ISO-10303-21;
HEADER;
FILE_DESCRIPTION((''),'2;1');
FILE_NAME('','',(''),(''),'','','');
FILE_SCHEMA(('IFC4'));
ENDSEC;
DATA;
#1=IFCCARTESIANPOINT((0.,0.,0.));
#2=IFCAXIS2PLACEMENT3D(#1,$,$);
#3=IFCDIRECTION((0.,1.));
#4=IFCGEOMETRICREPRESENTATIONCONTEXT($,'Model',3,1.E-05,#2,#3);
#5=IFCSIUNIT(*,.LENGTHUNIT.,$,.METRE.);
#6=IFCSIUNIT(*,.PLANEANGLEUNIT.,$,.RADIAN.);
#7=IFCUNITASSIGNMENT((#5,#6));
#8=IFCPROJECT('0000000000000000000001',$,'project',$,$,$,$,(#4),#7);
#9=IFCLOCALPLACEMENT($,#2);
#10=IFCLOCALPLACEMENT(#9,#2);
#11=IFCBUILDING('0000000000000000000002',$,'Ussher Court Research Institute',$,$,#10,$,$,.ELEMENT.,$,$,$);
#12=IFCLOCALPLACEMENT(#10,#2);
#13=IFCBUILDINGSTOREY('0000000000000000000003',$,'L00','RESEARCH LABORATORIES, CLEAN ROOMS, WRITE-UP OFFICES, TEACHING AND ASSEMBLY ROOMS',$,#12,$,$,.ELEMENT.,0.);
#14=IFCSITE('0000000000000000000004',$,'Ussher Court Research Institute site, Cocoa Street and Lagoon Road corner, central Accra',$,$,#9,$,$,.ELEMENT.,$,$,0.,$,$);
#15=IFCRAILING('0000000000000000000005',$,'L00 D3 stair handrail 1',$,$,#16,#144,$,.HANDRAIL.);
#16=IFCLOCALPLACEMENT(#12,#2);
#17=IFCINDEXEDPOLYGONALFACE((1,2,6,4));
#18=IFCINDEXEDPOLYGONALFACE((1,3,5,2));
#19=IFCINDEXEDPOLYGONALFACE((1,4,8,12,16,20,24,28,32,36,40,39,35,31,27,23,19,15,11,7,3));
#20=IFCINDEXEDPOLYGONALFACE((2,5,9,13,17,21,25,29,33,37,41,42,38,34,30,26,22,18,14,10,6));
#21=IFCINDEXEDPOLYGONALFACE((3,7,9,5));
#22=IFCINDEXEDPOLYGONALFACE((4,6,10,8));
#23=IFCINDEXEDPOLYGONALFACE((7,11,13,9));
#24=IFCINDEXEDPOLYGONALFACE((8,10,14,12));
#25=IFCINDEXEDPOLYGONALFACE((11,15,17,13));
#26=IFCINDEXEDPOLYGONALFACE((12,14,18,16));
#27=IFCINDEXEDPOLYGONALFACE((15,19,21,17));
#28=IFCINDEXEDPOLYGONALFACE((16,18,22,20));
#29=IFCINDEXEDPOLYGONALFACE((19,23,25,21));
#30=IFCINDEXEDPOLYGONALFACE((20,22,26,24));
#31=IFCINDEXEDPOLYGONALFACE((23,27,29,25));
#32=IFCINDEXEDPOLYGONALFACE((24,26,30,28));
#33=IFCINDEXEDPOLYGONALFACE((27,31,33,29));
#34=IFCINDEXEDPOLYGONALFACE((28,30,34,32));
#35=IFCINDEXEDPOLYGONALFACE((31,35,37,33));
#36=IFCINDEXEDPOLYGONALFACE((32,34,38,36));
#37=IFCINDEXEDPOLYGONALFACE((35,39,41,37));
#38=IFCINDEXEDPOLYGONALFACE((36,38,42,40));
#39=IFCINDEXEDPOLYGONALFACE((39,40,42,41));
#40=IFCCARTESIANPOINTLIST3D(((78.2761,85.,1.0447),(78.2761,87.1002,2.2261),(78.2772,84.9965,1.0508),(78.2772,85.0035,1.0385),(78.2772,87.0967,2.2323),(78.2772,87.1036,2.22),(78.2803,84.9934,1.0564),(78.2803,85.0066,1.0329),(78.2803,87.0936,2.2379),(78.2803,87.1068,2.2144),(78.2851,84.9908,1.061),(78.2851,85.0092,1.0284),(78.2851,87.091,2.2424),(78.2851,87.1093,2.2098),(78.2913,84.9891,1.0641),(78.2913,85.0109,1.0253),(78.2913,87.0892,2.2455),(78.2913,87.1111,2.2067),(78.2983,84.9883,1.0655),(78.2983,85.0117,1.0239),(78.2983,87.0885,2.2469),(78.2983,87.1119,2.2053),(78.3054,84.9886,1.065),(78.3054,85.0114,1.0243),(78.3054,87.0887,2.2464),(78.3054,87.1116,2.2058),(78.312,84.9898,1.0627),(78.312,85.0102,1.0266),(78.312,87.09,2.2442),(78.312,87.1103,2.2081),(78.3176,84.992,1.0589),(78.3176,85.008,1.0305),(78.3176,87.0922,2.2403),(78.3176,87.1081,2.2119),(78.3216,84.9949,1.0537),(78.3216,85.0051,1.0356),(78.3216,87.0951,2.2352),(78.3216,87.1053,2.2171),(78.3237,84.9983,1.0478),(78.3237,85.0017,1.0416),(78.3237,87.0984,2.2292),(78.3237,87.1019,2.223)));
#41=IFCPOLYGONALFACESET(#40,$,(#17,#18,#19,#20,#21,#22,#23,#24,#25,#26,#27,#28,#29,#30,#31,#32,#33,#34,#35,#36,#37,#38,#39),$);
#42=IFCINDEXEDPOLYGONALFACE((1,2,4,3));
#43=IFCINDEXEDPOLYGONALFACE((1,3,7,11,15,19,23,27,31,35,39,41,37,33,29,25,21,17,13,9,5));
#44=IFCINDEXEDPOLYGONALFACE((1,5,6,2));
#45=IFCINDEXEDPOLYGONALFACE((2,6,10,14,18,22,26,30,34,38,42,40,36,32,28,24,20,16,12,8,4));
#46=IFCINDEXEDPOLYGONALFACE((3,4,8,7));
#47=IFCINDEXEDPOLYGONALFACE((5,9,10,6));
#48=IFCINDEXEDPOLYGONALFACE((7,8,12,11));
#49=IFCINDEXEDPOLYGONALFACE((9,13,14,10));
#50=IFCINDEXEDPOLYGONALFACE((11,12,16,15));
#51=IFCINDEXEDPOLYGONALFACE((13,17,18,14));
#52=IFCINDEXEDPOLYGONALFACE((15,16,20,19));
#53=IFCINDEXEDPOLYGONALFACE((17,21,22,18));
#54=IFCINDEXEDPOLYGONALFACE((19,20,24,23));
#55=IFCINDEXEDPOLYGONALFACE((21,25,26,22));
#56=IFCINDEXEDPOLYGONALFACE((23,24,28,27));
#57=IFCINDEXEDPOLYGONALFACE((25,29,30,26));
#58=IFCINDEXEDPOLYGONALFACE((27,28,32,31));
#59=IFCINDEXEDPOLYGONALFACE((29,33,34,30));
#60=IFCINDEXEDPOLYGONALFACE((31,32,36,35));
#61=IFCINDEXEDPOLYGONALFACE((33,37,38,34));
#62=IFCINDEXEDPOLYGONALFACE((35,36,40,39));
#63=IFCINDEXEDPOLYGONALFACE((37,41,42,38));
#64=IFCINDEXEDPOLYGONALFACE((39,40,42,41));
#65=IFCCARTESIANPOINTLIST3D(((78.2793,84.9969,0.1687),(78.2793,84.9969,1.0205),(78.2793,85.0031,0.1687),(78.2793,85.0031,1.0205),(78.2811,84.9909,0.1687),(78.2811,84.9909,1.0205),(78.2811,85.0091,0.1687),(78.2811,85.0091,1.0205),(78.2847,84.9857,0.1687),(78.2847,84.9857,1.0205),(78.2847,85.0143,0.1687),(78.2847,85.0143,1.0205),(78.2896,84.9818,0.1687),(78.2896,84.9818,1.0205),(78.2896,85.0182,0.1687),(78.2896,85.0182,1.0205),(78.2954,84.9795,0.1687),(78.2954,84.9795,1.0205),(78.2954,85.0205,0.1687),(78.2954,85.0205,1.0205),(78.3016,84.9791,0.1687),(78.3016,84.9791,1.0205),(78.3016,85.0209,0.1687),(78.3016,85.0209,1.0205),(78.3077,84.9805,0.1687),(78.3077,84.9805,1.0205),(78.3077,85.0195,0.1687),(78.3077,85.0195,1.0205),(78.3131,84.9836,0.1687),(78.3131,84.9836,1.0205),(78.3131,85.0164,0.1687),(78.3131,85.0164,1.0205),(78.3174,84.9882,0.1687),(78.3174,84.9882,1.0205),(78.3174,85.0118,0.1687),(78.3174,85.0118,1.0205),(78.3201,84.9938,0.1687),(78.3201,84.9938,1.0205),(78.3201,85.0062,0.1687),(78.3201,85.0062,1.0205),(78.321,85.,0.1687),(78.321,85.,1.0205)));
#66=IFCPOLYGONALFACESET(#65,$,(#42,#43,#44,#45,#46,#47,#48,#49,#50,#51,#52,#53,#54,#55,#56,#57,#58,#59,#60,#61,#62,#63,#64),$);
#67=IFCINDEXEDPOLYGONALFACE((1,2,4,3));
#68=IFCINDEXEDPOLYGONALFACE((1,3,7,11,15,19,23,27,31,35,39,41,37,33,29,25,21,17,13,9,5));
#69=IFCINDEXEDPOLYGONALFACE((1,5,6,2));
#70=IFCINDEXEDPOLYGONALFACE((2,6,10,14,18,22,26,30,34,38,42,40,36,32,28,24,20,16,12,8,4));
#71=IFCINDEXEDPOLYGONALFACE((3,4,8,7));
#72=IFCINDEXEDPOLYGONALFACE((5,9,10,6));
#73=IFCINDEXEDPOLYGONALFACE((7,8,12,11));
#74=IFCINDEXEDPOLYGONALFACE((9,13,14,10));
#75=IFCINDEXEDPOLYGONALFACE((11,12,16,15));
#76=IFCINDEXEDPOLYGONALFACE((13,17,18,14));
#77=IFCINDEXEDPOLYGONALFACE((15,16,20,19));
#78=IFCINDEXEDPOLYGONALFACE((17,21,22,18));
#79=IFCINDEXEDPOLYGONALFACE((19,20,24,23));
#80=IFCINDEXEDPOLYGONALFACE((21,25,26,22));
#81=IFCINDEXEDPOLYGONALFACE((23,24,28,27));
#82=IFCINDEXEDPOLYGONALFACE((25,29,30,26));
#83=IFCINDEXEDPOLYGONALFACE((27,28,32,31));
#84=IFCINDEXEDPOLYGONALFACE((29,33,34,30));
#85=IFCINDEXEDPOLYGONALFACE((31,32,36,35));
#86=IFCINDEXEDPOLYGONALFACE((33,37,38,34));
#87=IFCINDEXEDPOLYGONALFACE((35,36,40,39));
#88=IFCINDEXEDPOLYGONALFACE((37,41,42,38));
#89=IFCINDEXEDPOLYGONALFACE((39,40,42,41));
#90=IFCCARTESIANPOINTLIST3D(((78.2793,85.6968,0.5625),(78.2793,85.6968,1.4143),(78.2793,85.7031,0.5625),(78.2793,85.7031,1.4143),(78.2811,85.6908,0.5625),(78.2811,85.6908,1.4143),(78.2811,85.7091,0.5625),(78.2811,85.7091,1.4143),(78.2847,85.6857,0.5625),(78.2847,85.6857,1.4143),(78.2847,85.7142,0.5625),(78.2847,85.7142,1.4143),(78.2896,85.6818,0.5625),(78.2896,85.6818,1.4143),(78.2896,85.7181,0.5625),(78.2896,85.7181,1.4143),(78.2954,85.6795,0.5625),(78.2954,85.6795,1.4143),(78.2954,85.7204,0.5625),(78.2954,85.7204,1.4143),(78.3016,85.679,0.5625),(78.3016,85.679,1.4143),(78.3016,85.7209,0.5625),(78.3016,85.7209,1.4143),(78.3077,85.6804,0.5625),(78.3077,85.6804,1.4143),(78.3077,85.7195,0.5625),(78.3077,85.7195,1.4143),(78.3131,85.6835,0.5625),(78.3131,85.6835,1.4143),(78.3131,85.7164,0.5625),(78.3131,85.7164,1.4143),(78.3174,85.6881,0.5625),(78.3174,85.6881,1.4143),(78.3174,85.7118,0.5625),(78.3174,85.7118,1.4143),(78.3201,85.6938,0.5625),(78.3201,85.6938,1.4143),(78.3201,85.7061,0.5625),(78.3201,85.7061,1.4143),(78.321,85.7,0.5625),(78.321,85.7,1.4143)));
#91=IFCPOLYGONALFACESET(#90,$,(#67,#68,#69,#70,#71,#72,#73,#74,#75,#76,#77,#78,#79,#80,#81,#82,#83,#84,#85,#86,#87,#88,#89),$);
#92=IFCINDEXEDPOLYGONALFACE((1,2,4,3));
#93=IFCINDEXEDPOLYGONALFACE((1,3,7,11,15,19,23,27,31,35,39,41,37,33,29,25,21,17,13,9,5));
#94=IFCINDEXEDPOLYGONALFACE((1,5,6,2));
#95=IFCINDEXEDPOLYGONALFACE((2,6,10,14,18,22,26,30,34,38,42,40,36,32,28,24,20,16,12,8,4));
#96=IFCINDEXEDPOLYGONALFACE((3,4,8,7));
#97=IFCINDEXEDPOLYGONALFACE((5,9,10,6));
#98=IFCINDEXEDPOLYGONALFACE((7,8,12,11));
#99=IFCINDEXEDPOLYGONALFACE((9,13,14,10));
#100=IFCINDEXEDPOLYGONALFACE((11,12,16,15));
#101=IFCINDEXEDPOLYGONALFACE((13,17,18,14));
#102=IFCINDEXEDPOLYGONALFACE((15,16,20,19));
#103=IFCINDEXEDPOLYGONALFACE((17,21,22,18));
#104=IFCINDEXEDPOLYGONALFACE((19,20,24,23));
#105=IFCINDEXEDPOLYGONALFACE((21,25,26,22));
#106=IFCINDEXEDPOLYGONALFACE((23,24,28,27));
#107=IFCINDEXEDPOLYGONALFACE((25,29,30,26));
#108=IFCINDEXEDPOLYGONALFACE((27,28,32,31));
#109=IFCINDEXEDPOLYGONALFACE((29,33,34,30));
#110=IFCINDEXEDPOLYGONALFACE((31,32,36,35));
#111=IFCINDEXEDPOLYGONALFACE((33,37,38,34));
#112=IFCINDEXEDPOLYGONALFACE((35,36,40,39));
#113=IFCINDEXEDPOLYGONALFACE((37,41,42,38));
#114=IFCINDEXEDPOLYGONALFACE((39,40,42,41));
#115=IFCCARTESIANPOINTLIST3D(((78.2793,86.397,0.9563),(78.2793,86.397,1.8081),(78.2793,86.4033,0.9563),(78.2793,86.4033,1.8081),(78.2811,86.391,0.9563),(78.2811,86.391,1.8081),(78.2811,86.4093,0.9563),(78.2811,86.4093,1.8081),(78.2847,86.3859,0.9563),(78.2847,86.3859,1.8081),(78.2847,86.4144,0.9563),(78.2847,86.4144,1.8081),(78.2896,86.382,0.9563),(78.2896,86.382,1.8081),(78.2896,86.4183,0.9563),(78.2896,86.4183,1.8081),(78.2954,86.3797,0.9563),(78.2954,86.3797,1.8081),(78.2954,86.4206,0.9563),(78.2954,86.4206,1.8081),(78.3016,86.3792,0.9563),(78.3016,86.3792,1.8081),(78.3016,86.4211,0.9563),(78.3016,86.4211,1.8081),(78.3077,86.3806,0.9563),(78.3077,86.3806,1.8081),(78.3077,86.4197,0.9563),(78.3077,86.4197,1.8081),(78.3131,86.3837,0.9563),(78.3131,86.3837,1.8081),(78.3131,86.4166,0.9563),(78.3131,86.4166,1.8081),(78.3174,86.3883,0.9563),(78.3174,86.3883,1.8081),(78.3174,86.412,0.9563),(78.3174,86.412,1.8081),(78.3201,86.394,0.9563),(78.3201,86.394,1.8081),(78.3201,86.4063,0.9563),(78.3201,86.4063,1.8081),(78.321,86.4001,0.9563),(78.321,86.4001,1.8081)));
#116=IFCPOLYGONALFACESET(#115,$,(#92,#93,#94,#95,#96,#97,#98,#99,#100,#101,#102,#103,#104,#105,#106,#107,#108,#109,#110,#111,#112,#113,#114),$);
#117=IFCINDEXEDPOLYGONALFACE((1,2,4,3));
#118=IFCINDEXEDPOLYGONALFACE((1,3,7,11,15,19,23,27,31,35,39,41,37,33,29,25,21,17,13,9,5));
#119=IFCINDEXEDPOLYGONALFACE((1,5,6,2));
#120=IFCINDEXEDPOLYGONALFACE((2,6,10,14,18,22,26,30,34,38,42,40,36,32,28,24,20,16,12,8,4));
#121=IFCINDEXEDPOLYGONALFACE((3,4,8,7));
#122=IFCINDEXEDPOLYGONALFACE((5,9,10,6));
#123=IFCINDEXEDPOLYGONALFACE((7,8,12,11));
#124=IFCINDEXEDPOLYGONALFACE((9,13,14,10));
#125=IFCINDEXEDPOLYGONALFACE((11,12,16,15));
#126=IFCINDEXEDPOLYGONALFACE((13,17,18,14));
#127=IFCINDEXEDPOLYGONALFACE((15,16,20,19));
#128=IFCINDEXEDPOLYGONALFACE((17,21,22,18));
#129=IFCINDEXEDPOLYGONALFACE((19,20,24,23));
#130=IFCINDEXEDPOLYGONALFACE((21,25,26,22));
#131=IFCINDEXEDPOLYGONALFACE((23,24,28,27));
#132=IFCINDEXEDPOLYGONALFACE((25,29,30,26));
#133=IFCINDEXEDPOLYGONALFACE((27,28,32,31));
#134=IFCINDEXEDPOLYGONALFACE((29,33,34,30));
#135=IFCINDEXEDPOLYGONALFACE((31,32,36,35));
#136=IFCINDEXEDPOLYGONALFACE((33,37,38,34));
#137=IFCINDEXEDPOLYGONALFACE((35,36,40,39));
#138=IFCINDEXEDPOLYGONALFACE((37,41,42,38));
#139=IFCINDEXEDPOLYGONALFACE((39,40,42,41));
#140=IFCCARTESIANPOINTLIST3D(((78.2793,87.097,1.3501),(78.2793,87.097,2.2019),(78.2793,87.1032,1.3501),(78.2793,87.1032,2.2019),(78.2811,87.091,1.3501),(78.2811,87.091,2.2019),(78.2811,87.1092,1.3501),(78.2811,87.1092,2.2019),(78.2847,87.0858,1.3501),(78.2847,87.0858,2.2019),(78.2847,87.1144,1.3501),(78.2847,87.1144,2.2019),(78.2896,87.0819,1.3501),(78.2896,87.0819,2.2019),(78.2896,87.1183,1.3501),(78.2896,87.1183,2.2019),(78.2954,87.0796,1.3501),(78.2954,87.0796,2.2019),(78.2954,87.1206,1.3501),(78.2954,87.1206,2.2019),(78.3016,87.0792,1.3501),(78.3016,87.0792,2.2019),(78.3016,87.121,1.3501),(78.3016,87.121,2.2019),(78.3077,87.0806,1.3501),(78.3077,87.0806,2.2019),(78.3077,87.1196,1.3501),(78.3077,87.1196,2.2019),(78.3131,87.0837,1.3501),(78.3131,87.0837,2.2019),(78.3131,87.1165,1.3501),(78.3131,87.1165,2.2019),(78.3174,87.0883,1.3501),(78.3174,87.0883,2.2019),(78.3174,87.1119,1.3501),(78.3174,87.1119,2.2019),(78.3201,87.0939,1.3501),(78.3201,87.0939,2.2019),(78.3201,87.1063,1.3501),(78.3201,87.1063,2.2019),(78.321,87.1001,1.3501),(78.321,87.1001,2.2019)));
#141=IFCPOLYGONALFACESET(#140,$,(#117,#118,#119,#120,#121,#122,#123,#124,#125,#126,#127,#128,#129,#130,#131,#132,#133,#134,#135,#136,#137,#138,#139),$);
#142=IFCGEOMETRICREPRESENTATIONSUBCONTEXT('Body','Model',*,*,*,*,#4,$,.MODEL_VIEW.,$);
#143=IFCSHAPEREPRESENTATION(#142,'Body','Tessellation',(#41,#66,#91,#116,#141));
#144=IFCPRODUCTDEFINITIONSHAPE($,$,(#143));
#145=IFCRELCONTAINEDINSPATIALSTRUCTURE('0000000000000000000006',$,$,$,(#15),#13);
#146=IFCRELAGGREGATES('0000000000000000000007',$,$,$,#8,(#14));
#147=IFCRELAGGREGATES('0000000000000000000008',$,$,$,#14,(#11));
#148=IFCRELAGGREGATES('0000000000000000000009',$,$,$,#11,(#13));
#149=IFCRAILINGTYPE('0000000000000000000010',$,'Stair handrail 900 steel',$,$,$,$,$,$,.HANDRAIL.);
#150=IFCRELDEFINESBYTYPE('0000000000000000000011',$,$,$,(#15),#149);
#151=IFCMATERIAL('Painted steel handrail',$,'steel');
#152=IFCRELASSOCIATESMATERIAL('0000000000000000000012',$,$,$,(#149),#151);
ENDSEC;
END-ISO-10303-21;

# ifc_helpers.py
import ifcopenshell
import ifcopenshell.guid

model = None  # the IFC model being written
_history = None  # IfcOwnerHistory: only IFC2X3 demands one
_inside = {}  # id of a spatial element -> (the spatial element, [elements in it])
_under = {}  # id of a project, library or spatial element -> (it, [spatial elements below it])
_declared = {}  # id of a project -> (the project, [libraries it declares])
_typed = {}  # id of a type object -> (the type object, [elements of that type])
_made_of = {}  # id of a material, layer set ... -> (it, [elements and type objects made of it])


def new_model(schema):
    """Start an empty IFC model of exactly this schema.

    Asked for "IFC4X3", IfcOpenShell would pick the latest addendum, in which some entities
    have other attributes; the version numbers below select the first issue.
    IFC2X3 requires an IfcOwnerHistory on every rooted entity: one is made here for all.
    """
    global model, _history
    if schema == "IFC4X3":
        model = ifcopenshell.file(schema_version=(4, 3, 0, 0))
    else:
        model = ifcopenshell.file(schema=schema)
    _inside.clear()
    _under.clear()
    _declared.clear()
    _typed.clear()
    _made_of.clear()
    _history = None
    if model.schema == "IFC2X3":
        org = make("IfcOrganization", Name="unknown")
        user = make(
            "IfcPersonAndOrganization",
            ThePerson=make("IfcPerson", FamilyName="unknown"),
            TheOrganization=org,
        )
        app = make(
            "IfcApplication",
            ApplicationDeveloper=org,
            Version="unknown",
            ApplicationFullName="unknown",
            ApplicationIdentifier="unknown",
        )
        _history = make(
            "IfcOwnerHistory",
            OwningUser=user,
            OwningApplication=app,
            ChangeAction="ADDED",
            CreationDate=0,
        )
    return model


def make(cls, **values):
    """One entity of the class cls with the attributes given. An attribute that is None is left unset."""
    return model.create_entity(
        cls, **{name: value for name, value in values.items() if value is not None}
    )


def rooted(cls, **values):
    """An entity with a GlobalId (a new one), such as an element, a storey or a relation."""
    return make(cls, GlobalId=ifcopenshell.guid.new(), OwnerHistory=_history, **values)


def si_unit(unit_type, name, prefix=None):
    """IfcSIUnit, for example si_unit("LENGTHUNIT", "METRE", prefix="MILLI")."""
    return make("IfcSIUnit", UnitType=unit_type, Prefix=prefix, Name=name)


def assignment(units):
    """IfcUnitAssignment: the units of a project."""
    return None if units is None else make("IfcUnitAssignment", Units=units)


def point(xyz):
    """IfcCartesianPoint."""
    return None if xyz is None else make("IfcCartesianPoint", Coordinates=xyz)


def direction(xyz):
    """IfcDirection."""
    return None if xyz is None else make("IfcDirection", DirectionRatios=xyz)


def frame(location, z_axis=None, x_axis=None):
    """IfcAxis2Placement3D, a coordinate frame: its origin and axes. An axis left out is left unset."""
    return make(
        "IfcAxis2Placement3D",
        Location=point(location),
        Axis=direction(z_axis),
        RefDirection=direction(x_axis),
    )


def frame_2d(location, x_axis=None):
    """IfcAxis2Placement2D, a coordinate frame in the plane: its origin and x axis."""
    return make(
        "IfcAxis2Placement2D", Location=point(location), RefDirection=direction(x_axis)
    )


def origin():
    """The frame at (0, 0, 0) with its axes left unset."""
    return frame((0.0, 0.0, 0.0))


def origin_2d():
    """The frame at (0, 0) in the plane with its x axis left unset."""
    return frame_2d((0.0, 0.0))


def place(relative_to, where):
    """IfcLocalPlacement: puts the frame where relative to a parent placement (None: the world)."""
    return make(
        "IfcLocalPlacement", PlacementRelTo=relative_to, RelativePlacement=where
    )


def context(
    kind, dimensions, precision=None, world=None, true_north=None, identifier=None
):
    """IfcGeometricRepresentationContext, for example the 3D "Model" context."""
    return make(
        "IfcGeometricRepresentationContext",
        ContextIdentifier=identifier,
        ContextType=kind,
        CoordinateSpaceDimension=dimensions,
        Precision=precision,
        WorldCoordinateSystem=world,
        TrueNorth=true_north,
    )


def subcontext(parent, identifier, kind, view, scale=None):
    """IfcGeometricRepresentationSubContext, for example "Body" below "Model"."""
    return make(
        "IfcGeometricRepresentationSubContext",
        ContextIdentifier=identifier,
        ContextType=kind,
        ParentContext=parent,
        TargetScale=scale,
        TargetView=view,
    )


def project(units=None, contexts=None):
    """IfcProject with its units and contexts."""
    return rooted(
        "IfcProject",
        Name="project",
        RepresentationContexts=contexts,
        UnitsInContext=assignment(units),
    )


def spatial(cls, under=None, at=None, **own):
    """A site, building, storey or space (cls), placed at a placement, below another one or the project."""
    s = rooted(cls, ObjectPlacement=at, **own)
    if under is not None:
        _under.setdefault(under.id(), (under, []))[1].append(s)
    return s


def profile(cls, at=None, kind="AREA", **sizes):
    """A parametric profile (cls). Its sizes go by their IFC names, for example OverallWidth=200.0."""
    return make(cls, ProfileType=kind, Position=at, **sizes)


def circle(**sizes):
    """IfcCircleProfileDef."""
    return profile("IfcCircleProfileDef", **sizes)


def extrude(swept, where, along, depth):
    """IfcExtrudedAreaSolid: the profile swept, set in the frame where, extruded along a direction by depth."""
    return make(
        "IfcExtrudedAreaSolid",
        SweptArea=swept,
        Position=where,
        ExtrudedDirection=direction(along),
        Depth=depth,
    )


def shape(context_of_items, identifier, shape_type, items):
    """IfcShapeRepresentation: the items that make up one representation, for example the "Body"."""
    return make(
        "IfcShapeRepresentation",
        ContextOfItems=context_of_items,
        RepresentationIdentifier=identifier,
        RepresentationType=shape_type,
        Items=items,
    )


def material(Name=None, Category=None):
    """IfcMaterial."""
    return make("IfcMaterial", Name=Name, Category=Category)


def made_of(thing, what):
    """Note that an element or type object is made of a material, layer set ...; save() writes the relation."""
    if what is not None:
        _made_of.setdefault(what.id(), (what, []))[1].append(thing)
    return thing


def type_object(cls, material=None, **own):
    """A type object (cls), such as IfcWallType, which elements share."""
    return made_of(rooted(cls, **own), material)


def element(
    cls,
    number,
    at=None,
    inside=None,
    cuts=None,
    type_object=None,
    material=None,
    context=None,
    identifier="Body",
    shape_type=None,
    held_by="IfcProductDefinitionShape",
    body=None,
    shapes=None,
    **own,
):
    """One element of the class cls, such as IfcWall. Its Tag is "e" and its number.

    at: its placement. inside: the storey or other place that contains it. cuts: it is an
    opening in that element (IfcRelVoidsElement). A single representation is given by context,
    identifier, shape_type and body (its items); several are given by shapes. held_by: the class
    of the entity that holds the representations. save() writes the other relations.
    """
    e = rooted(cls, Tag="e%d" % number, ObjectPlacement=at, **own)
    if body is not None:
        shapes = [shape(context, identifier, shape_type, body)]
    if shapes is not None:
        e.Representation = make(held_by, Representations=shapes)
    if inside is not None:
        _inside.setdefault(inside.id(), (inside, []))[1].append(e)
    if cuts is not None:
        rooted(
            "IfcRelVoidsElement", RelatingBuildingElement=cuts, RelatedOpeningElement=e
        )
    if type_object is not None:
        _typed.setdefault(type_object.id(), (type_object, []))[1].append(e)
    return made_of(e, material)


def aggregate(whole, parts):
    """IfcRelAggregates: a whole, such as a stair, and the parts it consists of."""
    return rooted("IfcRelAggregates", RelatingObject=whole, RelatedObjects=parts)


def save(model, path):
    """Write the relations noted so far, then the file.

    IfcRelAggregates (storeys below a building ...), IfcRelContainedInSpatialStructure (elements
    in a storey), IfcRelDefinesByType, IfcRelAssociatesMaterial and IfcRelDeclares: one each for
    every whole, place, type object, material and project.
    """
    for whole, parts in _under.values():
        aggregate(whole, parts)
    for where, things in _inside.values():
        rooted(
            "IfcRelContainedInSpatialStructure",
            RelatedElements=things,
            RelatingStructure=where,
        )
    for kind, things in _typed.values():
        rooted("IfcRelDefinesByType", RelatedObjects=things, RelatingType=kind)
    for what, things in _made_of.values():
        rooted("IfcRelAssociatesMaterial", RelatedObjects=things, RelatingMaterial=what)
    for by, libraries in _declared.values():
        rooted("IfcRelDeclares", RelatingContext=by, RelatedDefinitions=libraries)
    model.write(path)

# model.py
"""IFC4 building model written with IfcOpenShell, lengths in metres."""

from ifc_helpers import new_model, si_unit, direction, frame, origin, origin_2d, place, context, subcontext, project, spatial, circle, extrude, material, type_object, element, save


model = new_model("IFC4")

# Units and contexts
model_context = context("Model", 3, precision=1e-05, world=origin(), true_north=direction((0.0, 1.0)))
body_context = subcontext(model_context, "Body", "Model", "MODEL_VIEW")
ifc_project = project(units=[si_unit("LENGTHUNIT", "METRE"), si_unit("PLANEANGLEUNIT", "RADIAN")], contexts=[model_context])

# Site, building, storey
site_placement = place(None, origin())
site = spatial("IfcSite", under=ifc_project, at=site_placement, Name="Ussher Court Research Institute site, Cocoa Street and Lagoon Road corner, central Accra", CompositionType="ELEMENT", RefElevation=0.0)
building_placement = place(site_placement, origin())
building = spatial("IfcBuilding", under=site, at=building_placement, Name="Ussher Court Research Institute", CompositionType="ELEMENT")
storey_placement = place(building_placement, origin())
storey = spatial("IfcBuildingStorey", under=building, at=storey_placement, Name="L00", Description="RESEARCH LABORATORIES, CLEAN ROOMS, WRITE-UP OFFICES, TEACHING AND ASSEMBLY ROOMS", CompositionType="ELEMENT", Elevation=0.0)

# Railing
ifc_material_1 = material(Name="Painted steel handrail", Category="steel")
railing_type_1 = type_object("IfcRailingType", Name="Stair handrail 900 steel", PredefinedType="HANDRAIL", material=ifc_material_1)
railing_1_placement = place(storey_placement, frame((78.3, 85.0, 0.1687)))
element("IfcRailing", 1, at=railing_1_placement, inside=storey, type_object=railing_type_1, Name="L00 D3 stair handrail 1", PredefinedType="HANDRAIL", context=body_context, shape_type="SweptSolid", body=[
    extrude(circle(Radius=0.0239, at=origin_2d()), frame((0.0, 0.0, 0.876), z_axis=(0.0, 0.871559, 0.49029), x_axis=(-1.0, 0.0, 0.0)), (0.0, 0.0, 1.0), 2.4097),
    extrude(circle(Radius=0.021, at=origin_2d()), origin(), (0.0, 0.0, 1.0), 0.8518),
    extrude(circle(Radius=0.021, at=origin_2d()), frame((0.0, 0.7, 0.3938)), (0.0, 0.0, 1.0), 0.8518),
    extrude(circle(Radius=0.021, at=origin_2d()), frame((0.0, 1.4001, 0.7876)), (0.0, 0.0, 1.0), 0.8518),
    extrude(circle(Radius=0.021, at=origin_2d()), frame((0.0, 2.1001, 1.1814)), (0.0, 0.0, 1.0), 0.8518),
])

save(model, "model.ifc")
